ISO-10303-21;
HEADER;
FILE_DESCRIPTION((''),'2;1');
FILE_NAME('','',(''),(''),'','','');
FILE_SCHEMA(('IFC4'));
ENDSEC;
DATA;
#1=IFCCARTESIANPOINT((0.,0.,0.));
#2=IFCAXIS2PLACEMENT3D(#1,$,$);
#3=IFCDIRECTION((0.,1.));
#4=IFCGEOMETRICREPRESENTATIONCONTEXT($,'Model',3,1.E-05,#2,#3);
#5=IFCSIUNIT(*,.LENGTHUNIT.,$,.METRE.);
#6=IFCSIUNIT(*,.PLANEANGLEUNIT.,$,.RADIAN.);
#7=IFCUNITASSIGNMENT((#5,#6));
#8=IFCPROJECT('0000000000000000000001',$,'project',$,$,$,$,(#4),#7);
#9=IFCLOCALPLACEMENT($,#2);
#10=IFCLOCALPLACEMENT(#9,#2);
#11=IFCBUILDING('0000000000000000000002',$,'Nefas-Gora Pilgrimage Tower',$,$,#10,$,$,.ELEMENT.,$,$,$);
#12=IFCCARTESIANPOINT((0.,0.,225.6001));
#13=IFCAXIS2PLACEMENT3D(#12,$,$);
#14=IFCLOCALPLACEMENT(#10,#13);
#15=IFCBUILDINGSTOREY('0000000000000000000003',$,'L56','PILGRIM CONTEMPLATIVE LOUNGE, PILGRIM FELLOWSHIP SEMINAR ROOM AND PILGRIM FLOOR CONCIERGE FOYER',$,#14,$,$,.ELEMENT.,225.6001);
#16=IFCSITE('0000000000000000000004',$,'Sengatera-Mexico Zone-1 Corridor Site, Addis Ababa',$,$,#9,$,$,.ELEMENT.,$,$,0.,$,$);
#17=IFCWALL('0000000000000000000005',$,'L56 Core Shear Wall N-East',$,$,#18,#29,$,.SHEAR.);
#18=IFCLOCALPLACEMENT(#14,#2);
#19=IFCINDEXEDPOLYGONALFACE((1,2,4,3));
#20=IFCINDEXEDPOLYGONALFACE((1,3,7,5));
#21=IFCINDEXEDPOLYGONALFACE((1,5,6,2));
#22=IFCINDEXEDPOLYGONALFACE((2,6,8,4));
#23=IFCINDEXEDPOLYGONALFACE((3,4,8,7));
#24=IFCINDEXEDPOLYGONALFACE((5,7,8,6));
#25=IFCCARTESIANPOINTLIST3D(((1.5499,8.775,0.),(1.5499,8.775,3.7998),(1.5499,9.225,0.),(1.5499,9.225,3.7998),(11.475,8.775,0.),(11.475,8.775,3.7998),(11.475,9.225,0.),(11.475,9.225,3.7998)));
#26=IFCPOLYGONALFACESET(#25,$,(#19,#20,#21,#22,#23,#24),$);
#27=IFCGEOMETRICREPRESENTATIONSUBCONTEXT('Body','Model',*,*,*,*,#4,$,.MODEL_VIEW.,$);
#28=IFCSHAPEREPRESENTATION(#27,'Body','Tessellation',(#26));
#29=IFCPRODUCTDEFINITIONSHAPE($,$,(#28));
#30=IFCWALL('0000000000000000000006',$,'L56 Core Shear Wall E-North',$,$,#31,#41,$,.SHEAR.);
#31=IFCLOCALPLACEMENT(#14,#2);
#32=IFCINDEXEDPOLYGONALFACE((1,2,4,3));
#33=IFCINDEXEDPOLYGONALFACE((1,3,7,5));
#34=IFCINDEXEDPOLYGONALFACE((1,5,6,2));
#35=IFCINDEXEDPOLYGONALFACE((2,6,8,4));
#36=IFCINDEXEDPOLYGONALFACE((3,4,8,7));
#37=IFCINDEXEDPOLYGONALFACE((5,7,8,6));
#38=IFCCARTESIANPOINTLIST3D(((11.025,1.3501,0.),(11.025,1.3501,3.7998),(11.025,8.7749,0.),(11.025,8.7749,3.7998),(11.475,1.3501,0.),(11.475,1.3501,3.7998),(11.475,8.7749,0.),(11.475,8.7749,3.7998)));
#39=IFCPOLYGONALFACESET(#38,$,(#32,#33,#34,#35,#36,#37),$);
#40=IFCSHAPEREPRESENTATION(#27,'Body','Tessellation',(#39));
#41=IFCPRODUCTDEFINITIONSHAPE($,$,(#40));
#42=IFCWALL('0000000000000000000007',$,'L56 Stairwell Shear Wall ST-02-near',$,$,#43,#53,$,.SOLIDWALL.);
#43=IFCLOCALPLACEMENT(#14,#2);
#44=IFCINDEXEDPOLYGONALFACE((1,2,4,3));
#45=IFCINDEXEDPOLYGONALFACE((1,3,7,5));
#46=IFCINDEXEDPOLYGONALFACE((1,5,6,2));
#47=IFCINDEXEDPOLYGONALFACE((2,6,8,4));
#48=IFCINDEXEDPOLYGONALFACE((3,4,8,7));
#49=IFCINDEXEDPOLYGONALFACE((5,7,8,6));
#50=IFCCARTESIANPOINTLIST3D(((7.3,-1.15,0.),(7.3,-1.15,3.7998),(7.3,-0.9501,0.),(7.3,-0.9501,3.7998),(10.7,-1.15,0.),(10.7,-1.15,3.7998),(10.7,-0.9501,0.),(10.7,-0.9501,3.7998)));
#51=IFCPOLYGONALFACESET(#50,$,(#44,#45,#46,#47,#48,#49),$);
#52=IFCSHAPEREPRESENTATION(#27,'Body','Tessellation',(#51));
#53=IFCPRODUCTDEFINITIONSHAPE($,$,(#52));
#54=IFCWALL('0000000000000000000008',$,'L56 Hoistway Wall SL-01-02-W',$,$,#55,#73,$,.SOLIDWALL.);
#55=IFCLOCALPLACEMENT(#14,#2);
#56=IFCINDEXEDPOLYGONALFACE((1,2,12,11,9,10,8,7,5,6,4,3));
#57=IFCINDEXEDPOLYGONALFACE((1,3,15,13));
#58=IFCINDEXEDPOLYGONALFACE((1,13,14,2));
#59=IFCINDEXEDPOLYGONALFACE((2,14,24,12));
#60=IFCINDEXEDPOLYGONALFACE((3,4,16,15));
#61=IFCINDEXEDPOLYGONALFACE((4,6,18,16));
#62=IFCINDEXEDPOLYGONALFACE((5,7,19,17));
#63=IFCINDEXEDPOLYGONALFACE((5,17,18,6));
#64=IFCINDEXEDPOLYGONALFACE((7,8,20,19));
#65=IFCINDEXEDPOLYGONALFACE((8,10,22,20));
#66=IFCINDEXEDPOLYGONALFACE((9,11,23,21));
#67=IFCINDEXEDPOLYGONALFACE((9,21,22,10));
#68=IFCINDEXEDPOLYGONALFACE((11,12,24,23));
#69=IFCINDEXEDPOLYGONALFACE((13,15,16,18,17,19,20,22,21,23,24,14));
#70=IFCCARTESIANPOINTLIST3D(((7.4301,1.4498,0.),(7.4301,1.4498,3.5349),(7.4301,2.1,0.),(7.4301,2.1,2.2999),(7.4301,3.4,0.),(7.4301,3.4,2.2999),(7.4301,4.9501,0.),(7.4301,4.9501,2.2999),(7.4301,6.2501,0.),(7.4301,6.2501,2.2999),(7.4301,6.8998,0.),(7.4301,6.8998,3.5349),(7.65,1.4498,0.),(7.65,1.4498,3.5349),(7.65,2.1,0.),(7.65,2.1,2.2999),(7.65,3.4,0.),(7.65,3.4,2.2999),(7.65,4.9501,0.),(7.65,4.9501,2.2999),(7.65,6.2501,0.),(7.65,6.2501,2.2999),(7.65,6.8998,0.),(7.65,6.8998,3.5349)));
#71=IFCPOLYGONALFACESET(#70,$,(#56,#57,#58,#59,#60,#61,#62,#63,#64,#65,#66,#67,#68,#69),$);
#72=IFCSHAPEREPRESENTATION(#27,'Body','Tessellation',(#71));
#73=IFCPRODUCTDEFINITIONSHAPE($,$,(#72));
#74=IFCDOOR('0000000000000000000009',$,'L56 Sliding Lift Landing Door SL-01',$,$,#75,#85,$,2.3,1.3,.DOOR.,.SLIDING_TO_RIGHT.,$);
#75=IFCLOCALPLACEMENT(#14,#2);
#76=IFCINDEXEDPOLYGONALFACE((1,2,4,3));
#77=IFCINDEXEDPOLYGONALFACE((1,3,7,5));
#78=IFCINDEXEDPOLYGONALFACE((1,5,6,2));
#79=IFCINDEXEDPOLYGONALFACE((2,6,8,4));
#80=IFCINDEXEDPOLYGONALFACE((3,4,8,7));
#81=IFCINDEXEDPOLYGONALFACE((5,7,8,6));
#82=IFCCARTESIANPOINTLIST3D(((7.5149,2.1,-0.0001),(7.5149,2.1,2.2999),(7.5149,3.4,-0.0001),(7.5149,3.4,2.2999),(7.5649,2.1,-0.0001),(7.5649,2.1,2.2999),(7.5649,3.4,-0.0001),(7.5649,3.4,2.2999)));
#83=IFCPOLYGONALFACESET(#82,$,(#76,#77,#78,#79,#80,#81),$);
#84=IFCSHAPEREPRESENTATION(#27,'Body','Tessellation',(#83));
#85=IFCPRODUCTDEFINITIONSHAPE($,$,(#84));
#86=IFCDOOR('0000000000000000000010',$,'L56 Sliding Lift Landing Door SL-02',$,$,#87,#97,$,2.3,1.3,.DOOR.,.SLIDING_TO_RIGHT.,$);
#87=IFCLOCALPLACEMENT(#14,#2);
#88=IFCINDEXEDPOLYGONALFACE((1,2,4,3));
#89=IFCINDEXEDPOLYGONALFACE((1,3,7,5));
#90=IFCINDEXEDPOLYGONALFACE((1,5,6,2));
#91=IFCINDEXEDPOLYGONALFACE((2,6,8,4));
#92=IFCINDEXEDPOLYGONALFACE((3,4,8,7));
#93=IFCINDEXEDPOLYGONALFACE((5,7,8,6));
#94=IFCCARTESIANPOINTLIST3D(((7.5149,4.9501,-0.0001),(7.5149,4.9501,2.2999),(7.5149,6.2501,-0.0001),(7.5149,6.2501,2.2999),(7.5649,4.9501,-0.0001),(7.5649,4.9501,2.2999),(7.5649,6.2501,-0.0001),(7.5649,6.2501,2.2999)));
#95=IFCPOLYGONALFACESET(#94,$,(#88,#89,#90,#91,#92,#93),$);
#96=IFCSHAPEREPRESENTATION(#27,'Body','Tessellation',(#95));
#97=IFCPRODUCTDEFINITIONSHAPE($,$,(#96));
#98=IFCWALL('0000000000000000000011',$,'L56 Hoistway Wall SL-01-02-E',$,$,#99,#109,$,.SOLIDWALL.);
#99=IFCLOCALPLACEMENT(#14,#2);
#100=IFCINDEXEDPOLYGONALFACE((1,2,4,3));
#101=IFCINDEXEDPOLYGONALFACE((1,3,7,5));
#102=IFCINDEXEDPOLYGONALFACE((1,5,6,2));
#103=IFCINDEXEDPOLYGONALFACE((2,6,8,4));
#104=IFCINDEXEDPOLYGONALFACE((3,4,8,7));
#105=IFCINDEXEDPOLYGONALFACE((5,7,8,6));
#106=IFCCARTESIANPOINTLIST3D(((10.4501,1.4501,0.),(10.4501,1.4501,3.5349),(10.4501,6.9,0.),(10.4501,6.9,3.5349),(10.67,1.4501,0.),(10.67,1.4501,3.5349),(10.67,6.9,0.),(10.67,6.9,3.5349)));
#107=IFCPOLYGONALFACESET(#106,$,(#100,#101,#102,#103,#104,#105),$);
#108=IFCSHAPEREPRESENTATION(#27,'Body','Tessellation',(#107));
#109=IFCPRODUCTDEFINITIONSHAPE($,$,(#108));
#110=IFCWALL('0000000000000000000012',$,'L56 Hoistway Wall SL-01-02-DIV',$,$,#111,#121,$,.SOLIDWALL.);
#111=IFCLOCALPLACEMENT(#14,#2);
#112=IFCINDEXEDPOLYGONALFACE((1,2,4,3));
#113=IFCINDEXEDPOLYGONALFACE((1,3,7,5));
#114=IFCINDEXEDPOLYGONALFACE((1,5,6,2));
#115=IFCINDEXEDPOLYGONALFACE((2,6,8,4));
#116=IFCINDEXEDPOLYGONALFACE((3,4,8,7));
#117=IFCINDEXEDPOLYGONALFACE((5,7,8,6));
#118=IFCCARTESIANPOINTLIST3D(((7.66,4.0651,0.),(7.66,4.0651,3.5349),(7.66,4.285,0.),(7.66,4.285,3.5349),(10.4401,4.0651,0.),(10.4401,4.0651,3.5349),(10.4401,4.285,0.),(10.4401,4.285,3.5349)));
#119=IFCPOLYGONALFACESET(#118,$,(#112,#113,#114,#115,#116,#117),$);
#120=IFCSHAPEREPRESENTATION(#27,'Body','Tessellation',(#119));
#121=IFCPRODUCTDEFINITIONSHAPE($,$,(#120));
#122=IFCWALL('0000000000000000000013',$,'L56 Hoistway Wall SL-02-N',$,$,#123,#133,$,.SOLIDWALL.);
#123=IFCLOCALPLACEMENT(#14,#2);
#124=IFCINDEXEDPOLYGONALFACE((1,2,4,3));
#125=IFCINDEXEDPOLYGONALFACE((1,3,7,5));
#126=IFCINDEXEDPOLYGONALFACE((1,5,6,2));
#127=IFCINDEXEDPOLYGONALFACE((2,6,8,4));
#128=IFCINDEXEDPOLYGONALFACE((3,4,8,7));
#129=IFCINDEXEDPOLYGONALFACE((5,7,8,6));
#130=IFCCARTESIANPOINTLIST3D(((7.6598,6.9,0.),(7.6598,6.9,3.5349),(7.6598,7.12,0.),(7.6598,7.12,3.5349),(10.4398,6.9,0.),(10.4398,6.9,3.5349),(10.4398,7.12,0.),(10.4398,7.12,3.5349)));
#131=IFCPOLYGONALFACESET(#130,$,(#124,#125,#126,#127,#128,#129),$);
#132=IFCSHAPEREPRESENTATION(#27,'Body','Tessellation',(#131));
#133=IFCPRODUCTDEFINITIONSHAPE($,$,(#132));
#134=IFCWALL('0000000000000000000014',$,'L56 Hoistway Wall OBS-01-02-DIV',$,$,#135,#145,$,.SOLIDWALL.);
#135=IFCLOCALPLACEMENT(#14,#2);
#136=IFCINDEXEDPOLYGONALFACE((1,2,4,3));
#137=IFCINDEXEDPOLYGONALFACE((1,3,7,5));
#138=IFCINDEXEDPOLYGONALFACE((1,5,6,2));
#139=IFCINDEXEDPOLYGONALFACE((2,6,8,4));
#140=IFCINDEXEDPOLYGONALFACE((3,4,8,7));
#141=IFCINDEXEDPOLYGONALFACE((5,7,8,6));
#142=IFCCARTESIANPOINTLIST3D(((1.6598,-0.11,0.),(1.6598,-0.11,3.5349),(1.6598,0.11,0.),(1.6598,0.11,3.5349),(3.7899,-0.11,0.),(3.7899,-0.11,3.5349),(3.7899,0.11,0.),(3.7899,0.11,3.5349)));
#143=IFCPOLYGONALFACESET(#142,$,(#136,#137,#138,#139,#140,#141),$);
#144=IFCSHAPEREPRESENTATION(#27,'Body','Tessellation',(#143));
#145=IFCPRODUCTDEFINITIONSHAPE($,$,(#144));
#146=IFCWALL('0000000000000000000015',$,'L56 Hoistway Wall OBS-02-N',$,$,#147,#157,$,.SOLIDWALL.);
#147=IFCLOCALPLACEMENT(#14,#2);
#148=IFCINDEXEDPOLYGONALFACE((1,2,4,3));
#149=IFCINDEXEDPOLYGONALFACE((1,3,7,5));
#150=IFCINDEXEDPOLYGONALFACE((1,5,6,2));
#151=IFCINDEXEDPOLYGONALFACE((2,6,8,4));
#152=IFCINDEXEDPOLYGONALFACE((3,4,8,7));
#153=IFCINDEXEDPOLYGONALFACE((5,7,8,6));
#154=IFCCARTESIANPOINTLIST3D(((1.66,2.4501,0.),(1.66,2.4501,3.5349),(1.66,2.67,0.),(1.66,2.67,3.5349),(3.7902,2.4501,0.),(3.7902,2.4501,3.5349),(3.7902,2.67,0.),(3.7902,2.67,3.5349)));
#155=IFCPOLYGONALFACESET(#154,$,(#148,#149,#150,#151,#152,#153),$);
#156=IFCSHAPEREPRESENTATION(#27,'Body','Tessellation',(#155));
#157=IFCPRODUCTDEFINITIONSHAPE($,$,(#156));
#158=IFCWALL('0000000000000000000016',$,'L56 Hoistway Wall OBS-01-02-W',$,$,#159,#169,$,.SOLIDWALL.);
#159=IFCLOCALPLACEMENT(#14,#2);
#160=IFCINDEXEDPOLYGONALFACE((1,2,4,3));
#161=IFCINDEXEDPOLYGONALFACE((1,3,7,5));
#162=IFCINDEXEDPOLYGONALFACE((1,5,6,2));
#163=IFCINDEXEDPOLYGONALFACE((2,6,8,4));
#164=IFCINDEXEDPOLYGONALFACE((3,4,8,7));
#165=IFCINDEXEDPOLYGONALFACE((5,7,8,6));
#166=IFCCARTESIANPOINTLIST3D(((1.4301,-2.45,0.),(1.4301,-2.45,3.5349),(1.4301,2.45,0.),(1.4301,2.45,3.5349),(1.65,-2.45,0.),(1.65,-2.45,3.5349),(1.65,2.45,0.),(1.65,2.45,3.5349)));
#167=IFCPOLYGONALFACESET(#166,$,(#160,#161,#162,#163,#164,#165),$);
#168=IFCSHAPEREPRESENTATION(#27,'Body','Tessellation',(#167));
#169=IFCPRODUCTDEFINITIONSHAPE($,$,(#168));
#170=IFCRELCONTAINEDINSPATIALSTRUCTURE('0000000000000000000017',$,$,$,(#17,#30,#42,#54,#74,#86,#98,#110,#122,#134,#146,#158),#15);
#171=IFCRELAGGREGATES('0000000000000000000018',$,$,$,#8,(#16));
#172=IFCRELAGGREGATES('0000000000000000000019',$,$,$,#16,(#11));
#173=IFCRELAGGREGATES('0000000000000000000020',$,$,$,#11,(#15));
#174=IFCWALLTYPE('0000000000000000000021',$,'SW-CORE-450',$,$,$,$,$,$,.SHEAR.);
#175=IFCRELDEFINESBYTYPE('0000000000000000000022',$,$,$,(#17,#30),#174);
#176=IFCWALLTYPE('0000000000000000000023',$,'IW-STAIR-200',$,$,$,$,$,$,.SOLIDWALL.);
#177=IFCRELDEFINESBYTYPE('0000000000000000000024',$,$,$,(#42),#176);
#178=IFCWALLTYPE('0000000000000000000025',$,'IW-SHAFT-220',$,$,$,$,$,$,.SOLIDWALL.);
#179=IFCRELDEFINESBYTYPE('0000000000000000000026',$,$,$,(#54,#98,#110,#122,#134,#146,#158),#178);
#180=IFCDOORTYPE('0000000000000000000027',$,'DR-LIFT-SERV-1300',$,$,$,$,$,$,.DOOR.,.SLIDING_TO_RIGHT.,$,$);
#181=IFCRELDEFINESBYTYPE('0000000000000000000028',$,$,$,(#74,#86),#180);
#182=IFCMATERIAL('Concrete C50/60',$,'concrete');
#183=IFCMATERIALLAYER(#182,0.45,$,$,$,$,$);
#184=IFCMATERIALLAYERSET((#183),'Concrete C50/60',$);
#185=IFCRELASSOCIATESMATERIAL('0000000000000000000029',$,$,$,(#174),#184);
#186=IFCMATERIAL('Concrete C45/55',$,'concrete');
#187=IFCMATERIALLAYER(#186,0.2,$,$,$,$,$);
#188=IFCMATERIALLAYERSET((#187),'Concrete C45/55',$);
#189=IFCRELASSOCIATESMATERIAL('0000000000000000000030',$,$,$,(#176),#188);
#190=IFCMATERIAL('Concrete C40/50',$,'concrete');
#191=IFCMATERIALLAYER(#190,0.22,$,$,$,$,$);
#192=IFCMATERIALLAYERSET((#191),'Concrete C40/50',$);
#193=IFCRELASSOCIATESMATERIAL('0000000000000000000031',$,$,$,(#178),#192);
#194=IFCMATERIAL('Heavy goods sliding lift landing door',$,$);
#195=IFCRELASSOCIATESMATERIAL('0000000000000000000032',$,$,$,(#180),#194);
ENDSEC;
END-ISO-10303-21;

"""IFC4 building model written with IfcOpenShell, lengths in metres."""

from ifc_helpers import new_model, si_unit, direction, frame, frame_2d, origin, place, context, subcontext, project, spatial, rectangle, extrude, source, transform, mapped, material, layer, layer_set, type_object, element, fill, save


model = new_model("IFC4")

# Units and contexts
model_context = context("Model", 3, precision=1e-05, world=origin(), true_north=direction((0.0, 1.0)))
body_context = subcontext(model_context, "Body", "Model", "MODEL_VIEW")
ifc_project = project(units=[si_unit("LENGTHUNIT", "METRE"), si_unit("PLANEANGLEUNIT", "RADIAN")], contexts=[model_context])

# Site, building, storey
site_placement = place(None, origin())
site = spatial("IfcSite", under=ifc_project, at=site_placement, Name="Sengatera-Mexico Zone-1 Corridor Site, Addis Ababa", CompositionType="ELEMENT", RefElevation=0.0)
building_placement = place(site_placement, origin())
building = spatial("IfcBuilding", under=site, at=building_placement, Name="Nefas-Gora Pilgrimage Tower", CompositionType="ELEMENT")
storey_placement = place(building_placement, frame((0.0, 0.0, 225.6001)))
storey = spatial("IfcBuildingStorey", under=building, at=storey_placement, Name="L56", Description="PILGRIM CONTEMPLATIVE LOUNGE, PILGRIM FELLOWSHIP SEMINAR ROOM AND PILGRIM FLOOR CONCIERGE FOYER", CompositionType="ELEMENT", Elevation=225.6001)

# Shared definitions
ifc_material_1 = material(Name="Concrete C40/50", Category="concrete")

# Shared definitions
ifc_material_2 = material(Name="Concrete C45/55", Category="concrete")

# Walls
ifc_material_3 = material(Name="Concrete C50/60", Category="concrete")
ifc_layer_1 = layer(ifc_material_3, 0.45)
ifc_layer_set_1 = layer_set([ifc_layer_1], Name="Concrete C50/60")
wall_type_1 = type_object("IfcWallType", Name="SW-CORE-450", PredefinedType="SHEAR", material=ifc_layer_set_1)
shared_shape_1 = source(origin(), body_context, "Body", "SweptSolid", [
    extrude(rectangle(XDim=9.925, YDim=0.45, at=frame_2d((4.9624, 0.0))), origin(), (0.0, 0.0, 1.0), 3.7998),
])
wall_1_placement = place(storey_placement, frame((1.55, 9.0, 0.0), z_axis=(0.0, 0.0, 1.0), x_axis=(1.0, 0.0, 0.0)))
element("IfcWall", 1, at=wall_1_placement, inside=storey, type_object=wall_type_1, Name="L56 Core Shear Wall N-East", PredefinedType="SHEAR", context=body_context, shape_type="MappedRepresentation", body=[
    mapped(shared_shape_1, transform((0.0, 0.0, 0.0), x_axis=(1.0, 0.0, 0.0), y_axis=(0.0, 1.0, 0.0), z_axis=(0.0, 0.0, 1.0), scale=1.0)),
])
shared_shape_2 = source(origin(), body_context, "Body", "SweptSolid", [
    extrude(rectangle(XDim=7.4248, YDim=0.45, at=frame_2d((3.7124, 0.0))), origin(), (0.0, 0.0, 1.0), 3.7998),
])
wall_2_placement = place(storey_placement, frame((11.25, 1.3501, 0.0), z_axis=(0.0, 0.0, 1.0), x_axis=(0.0, 1.0, 0.0)))
element("IfcWall", 2, at=wall_2_placement, inside=storey, type_object=wall_type_1, Name="L56 Core Shear Wall E-North", PredefinedType="SHEAR", context=body_context, shape_type="MappedRepresentation", body=[
    mapped(shared_shape_2, transform((0.0, 0.0, 0.0), x_axis=(1.0, 0.0, 0.0), y_axis=(0.0, 1.0, 0.0), z_axis=(0.0, 0.0, 1.0), scale=1.0)),
])
ifc_layer_2 = layer(ifc_material_2, 0.2)
ifc_layer_set_2 = layer_set([ifc_layer_2], Name="Concrete C45/55")
wall_type_2 = type_object("IfcWallType", Name="IW-STAIR-200", PredefinedType="SOLIDWALL", material=ifc_layer_set_2)
shared_shape_3 = source(origin(), body_context, "Body", "SweptSolid", [
    extrude(rectangle(XDim=3.3999, YDim=0.2, at=frame_2d((1.7, 0.0))), origin(), (0.0, 0.0, 1.0), 3.7998),
])
wall_3_placement = place(storey_placement, frame((7.3, -1.05, 0.0), z_axis=(0.0, 0.0, 1.0), x_axis=(1.0, 0.0, 0.0)))
element("IfcWall", 3, at=wall_3_placement, inside=storey, type_object=wall_type_2, Name="L56 Stairwell Shear Wall ST-02-near", PredefinedType="SOLIDWALL", context=body_context, shape_type="MappedRepresentation", body=[
    mapped(shared_shape_3, transform((0.0, 0.0, 0.0), x_axis=(1.0, 0.0, 0.0), y_axis=(0.0, 1.0, 0.0), z_axis=(0.0, 0.0, 1.0), scale=1.0)),
])

# Wall, openings, doors
ifc_layer_3 = layer(ifc_material_1, 0.22)
ifc_layer_set_3 = layer_set([ifc_layer_3], Name="Concrete C40/50")
wall_type_3 = type_object("IfcWallType", Name="IW-SHAFT-220", PredefinedType="SOLIDWALL", material=ifc_layer_set_3)
shared_shape_4 = source(origin(), body_context, "Body", "SweptSolid", [
    extrude(rectangle(XDim=5.45, YDim=0.22, at=frame_2d((2.7251, 0.0))), origin(), (0.0, 0.0, 1.0), 3.5349),
])
wall_4_placement = place(storey_placement, frame((7.54, 6.8999, 0.0), z_axis=(0.0, 0.0, 1.0), x_axis=(0.0, -1.0, 0.0)))
wall_4 = element("IfcWall", 4, at=wall_4_placement, inside=storey, type_object=wall_type_3, Name="L56 Hoistway Wall SL-01-02-W", PredefinedType="SOLIDWALL", context=body_context, shape_type="MappedRepresentation", body=[
    mapped(shared_shape_4, transform((0.0, 0.0, 0.0), x_axis=(1.0, 0.0, 0.0), y_axis=(0.0, 1.0, 0.0), z_axis=(0.0, 0.0, 1.0), scale=1.0)),
])
opening_1_placement = place(wall_4_placement, frame((3.5, 0.0, 0.0)))
opening_1 = element("IfcOpeningElement", 5, at=opening_1_placement, cuts=wall_4, PredefinedType="OPENING", context=body_context, shape_type="SweptSolid", body=[
    extrude(rectangle(XDim=1.3, YDim=2.3, at=frame_2d((0.6499, 1.1499))), frame((0.0, 0.1199, 0.0), z_axis=(0.0, -1.0, 0.0), x_axis=(1.0, 0.0, 0.0)), (0.0, 0.0, 1.0), 0.24),
])
opening_2_placement = place(wall_4_placement, frame((0.6499, 0.0, 0.0)))
opening_2 = element("IfcOpeningElement", 6, at=opening_2_placement, cuts=wall_4, PredefinedType="OPENING", context=body_context, shape_type="SweptSolid", body=[
    extrude(rectangle(XDim=1.3, YDim=2.3, at=frame_2d((0.6499, 1.1499))), frame((0.0, 0.1199, 0.0), z_axis=(0.0, -1.0, 0.0), x_axis=(1.0, 0.0, 0.0)), (0.0, 0.0, 1.0), 0.24),
])
ifc_material_4 = material(Name="Heavy goods sliding lift landing door")
door_type_1 = type_object("IfcDoorType", Name="DR-LIFT-SERV-1300", OperationType="SLIDING_TO_RIGHT", PredefinedType="DOOR", material=ifc_material_4)
shared_shape_5 = source(origin(), body_context, "Body", "SweptSolid", [
    extrude(rectangle(XDim=1.3, YDim=2.3, at=frame_2d((0.6499, 1.1499))), frame((0.0, 0.0249, 0.0), z_axis=(0.0, -1.0, 0.0), x_axis=(1.0, 0.0, 0.0)), (0.0, 0.0, 1.0), 0.05),
])
door_1_placement = place(opening_1_placement, origin())
door_1 = element("IfcDoor", 7, at=door_1_placement, inside=storey, type_object=door_type_1, Name="L56 Sliding Lift Landing Door SL-01", OperationType="SLIDING_TO_RIGHT", OverallHeight=2.3, OverallWidth=1.3, PredefinedType="DOOR", context=body_context, shape_type="MappedRepresentation", body=[
    mapped(shared_shape_5, transform((0.0, 0.0, 0.0), x_axis=(1.0, 0.0, 0.0), y_axis=(0.0, 1.0, 0.0), z_axis=(0.0, 0.0, 1.0), scale=1.0)),
])
fill(opening_1, door_1)
door_2_placement = place(opening_2_placement, origin())
door_2 = element("IfcDoor", 8, at=door_2_placement, inside=storey, type_object=door_type_1, Name="L56 Sliding Lift Landing Door SL-02", OperationType="SLIDING_TO_RIGHT", OverallHeight=2.3, OverallWidth=1.3, PredefinedType="DOOR", context=body_context, shape_type="MappedRepresentation", body=[
    mapped(shared_shape_5, transform((0.0, 0.0, 0.0), x_axis=(1.0, 0.0, 0.0), y_axis=(0.0, 1.0, 0.0), z_axis=(0.0, 0.0, 1.0), scale=1.0)),
])
fill(opening_2, door_2)

# Walls
wall_5_placement = place(storey_placement, frame((10.5601, 1.45, 0.0), z_axis=(0.0, 0.0, 1.0), x_axis=(0.0, 1.0, 0.0)))
element("IfcWall", 9, at=wall_5_placement, inside=storey, type_object=wall_type_3, Name="L56 Hoistway Wall SL-01-02-E", PredefinedType="SOLIDWALL", context=body_context, shape_type="MappedRepresentation", body=[
    mapped(shared_shape_4, transform((0.0, 0.0, 0.0), x_axis=(1.0, 0.0, 0.0), y_axis=(0.0, 1.0, 0.0), z_axis=(0.0, 0.0, 1.0), scale=1.0)),
])
shared_shape_6 = source(origin(), body_context, "Body", "SweptSolid", [
    extrude(rectangle(XDim=2.78, YDim=0.22, at=frame_2d((1.3901, 0.0))), origin(), (0.0, 0.0, 1.0), 3.5349),
])
for number, where, z_axis, x_axis, name in (
    (10, (7.6599, 4.175, 0.0), (0.0, 0.0, 1.0), (1.0, 0.0, 0.0), "L56 Hoistway Wall SL-01-02-DIV"),
    (11, (10.4399, 7.01, 0.0), (0.0, 0.0, 1.0), (-1.0, 0.0, 0.0), "L56 Hoistway Wall SL-02-N"),
):
    element("IfcWall", number, at=place(storey_placement, frame(where, z_axis=z_axis, x_axis=x_axis)), inside=storey, type_object=wall_type_3, Name=name, PredefinedType="SOLIDWALL", context=body_context, shape_type="MappedRepresentation", body=[
        mapped(shared_shape_6, transform((0.0, 0.0, 0.0), x_axis=(1.0, 0.0, 0.0), y_axis=(0.0, 1.0, 0.0), z_axis=(0.0, 0.0, 1.0), scale=1.0)),
    ])
shared_shape_7 = source(origin(), body_context, "Body", "SweptSolid", [
    extrude(rectangle(XDim=2.1301, YDim=0.22, at=frame_2d((1.0649, 0.0))), origin(), (0.0, 0.0, 1.0), 3.5349),
])
for number, where, z_axis, x_axis, name in (
    (12, (1.6599, 0.0, 0.0), (0.0, 0.0, 1.0), (1.0, 0.0, 0.0), "L56 Hoistway Wall OBS-01-02-DIV"),
    (13, (3.79, 2.5601, 0.0), (0.0, 0.0, 1.0), (-1.0, 0.0, 0.0), "L56 Hoistway Wall OBS-02-N"),
):
    element("IfcWall", number, at=place(storey_placement, frame(where, z_axis=z_axis, x_axis=x_axis)), inside=storey, type_object=wall_type_3, Name=name, PredefinedType="SOLIDWALL", context=body_context, shape_type="MappedRepresentation", body=[
        mapped(shared_shape_7, transform((0.0, 0.0, 0.0), x_axis=(1.0, 0.0, 0.0), y_axis=(0.0, 1.0, 0.0), z_axis=(0.0, 0.0, 1.0), scale=1.0)),
    ])
shared_shape_8 = source(origin(), body_context, "Body", "SweptSolid", [
    extrude(rectangle(XDim=4.8999, YDim=0.22, at=frame_2d((2.45, 0.0))), origin(), (0.0, 0.0, 1.0), 3.5349),
])
wall_6_placement = place(storey_placement, frame((1.54, 2.45, 0.0), z_axis=(0.0, 0.0, 1.0), x_axis=(0.0, -1.0, 0.0)))
element("IfcWall", 14, at=wall_6_placement, inside=storey, type_object=wall_type_3, Name="L56 Hoistway Wall OBS-01-02-W", PredefinedType="SOLIDWALL", context=body_context, shape_type="MappedRepresentation", body=[
    mapped(shared_shape_8, transform((0.0, 0.0, 0.0), x_axis=(1.0, 0.0, 0.0), y_axis=(0.0, 1.0, 0.0), z_axis=(0.0, 0.0, 1.0), scale=1.0)),
])

save(model, "model.ifc")
